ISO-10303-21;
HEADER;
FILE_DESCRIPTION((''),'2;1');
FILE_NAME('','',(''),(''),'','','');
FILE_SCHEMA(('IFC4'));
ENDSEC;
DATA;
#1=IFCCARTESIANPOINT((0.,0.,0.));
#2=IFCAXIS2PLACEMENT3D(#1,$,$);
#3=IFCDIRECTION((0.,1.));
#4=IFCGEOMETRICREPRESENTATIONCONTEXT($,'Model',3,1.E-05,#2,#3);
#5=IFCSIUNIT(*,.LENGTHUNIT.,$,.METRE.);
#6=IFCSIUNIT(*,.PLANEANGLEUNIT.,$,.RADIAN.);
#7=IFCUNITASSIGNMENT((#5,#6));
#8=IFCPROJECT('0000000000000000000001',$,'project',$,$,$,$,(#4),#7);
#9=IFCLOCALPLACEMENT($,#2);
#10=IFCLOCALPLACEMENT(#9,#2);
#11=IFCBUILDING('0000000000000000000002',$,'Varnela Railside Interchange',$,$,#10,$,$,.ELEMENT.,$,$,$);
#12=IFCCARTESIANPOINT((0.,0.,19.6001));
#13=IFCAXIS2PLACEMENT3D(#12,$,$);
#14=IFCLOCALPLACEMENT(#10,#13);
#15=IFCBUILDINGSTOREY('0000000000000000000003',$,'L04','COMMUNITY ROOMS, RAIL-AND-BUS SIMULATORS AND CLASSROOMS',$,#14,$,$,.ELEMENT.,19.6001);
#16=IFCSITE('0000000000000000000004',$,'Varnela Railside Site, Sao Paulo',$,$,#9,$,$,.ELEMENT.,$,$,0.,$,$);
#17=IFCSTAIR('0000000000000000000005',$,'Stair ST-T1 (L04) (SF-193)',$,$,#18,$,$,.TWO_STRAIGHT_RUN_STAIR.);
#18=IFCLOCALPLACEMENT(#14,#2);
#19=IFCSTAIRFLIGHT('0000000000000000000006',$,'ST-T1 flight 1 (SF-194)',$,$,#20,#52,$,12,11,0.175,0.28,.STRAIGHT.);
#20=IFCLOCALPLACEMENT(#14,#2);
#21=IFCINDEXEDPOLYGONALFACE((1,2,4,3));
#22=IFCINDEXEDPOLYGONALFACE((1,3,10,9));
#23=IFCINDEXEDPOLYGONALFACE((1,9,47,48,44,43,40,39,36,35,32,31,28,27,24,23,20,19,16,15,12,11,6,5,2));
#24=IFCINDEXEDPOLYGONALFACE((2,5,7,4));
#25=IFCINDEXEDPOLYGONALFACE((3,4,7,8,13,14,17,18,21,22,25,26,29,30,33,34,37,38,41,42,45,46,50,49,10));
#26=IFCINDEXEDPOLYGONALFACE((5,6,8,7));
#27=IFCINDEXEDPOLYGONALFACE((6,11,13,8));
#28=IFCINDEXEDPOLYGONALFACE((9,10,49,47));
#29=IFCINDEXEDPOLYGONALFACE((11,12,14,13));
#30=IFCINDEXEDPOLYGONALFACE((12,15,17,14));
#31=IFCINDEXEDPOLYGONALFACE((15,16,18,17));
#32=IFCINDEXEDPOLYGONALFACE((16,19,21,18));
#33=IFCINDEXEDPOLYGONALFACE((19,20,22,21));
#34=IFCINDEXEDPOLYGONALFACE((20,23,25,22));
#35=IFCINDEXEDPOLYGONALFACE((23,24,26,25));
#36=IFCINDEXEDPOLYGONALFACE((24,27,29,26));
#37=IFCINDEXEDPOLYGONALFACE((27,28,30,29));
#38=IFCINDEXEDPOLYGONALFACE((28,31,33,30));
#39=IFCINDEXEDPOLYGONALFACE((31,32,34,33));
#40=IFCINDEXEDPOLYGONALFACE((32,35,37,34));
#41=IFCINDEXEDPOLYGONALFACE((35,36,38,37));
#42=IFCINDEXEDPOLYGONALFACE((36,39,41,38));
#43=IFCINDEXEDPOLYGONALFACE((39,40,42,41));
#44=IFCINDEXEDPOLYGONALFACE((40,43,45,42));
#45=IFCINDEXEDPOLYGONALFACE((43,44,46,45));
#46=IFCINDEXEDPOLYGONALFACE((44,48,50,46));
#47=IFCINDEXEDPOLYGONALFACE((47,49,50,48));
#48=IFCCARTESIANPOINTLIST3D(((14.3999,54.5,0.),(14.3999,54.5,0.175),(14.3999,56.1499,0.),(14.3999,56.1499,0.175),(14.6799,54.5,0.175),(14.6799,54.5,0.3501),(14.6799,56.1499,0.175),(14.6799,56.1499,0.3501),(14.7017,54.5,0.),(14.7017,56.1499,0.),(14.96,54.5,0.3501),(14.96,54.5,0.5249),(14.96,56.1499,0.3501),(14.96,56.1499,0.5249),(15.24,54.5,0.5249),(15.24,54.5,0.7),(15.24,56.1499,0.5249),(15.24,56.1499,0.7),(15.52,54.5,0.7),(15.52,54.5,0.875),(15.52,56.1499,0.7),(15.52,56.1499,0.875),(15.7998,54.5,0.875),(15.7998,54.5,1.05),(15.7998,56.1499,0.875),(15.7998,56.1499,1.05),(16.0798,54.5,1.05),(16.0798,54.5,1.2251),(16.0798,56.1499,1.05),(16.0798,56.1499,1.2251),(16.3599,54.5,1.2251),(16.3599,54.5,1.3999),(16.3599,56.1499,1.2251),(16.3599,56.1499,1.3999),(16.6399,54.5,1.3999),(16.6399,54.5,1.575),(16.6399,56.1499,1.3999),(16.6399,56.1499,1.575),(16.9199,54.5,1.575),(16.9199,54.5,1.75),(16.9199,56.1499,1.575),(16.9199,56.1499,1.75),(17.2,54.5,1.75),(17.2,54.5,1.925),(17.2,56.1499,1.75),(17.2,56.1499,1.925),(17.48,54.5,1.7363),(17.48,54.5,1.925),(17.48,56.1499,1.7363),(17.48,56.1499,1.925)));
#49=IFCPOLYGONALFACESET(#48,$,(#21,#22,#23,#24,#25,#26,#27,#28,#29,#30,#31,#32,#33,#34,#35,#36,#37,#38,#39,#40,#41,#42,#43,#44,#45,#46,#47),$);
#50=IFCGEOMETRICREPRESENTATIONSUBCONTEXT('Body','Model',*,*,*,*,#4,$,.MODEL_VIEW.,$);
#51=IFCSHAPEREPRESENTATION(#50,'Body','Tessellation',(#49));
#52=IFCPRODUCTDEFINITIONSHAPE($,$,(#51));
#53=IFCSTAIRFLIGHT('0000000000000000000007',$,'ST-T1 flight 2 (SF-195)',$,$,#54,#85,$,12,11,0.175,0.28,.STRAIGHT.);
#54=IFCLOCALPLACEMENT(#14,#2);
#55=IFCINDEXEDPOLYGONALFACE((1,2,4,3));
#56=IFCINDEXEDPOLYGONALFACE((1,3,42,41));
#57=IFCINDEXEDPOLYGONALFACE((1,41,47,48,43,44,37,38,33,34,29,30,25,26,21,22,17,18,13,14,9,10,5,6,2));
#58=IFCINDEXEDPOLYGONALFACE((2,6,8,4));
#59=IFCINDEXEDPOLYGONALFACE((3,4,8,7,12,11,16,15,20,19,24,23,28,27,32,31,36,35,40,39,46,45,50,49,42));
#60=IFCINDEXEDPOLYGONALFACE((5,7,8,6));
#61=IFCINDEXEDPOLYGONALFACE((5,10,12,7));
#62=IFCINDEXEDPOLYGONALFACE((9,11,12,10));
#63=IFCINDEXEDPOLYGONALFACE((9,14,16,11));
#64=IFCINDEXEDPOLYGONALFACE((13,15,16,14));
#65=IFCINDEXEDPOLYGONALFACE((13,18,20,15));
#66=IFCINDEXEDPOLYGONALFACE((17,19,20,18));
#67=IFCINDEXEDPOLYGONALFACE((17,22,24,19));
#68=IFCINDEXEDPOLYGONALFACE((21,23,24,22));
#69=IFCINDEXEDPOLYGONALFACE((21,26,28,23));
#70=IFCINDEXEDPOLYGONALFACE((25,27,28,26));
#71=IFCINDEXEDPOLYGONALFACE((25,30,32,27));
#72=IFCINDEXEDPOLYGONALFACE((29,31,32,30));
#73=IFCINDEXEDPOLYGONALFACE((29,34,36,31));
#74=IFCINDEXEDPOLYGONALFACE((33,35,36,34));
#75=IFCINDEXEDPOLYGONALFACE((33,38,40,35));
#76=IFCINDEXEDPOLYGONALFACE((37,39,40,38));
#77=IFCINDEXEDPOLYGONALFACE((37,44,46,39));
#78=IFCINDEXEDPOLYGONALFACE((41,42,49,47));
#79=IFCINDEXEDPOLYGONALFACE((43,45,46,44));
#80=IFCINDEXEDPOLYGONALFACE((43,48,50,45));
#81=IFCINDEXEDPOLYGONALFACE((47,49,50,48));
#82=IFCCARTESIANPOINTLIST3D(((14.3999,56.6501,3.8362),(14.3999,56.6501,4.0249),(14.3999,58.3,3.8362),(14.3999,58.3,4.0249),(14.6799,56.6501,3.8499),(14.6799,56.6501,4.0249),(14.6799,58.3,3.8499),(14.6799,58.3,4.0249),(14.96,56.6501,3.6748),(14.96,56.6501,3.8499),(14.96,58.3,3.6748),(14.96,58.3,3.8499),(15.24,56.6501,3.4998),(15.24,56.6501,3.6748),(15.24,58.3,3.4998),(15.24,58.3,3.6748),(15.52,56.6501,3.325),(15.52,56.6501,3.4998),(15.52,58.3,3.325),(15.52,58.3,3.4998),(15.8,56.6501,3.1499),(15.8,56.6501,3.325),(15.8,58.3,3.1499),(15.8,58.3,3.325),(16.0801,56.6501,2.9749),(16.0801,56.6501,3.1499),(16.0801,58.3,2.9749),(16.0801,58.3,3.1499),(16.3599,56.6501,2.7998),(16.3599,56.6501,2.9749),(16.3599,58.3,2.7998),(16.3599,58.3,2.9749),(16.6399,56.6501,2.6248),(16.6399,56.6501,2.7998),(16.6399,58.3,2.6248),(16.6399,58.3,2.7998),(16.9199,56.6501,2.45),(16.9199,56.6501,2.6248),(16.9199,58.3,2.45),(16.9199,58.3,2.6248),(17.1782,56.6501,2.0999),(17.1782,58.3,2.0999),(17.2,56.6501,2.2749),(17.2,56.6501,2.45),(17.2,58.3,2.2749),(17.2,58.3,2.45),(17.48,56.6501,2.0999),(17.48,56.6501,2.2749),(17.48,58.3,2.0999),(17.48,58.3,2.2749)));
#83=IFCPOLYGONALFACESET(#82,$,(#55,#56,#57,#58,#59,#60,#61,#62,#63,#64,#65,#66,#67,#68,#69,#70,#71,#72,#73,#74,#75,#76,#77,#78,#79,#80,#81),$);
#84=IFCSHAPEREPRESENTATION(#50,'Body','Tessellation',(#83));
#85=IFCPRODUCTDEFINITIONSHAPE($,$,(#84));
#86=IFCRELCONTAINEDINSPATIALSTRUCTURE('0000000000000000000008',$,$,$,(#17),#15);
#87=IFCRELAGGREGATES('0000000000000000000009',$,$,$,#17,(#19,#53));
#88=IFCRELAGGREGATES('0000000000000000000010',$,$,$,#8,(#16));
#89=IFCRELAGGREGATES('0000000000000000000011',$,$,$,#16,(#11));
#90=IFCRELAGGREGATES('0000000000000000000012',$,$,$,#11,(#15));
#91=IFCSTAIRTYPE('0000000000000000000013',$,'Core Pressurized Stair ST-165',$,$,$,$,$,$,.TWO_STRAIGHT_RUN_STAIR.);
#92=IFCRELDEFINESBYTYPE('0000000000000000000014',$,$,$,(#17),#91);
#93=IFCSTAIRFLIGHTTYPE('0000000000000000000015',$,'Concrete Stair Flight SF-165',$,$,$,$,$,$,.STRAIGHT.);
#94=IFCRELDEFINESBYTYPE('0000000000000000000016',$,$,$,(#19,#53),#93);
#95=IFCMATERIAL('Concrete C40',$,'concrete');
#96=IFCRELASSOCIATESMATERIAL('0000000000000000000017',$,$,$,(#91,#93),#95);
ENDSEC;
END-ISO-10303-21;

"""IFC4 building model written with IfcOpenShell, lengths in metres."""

from ifc_helpers import new_model, si_unit, direction, frame, origin, place, context, subcontext, project, spatial, polyline, outline, extrude, material, type_object, element, aggregate, save


model = new_model("IFC4")

# Units and contexts
model_context = context("Model", 3, precision=1e-05, world=origin(), true_north=direction((0.0, 1.0)))
body_context = subcontext(model_context, "Body", "Model", "MODEL_VIEW")
ifc_project = project(units=[si_unit("LENGTHUNIT", "METRE"), si_unit("PLANEANGLEUNIT", "RADIAN")], contexts=[model_context])

# Site, building, storey
site_placement = place(None, origin())
site = spatial("IfcSite", under=ifc_project, at=site_placement, Name="Varnela Railside Site, Sao Paulo", CompositionType="ELEMENT", RefElevation=0.0)
building_placement = place(site_placement, origin())
building = spatial("IfcBuilding", under=site, at=building_placement, Name="Varnela Railside Interchange", CompositionType="ELEMENT")
storey_placement = place(building_placement, frame((0.0, 0.0, 19.6001)))
storey = spatial("IfcBuildingStorey", under=building, at=storey_placement, Name="L04", Description="COMMUNITY ROOMS, RAIL-AND-BUS SIMULATORS AND CLASSROOMS", CompositionType="ELEMENT", Elevation=19.6001)

# Shared definitions
ifc_material_1 = material(Name="Concrete C40", Category="concrete")

# Stair, stair flights
stair_type = type_object("IfcStairType", Name="Core Pressurized Stair ST-165", PredefinedType="TWO_STRAIGHT_RUN_STAIR", material=ifc_material_1)
stair_placement = place(storey_placement, origin())
stair = element("IfcStair", 1, at=stair_placement, inside=storey, type_object=stair_type, Name="Stair ST-T1 (L04) (SF-193)", PredefinedType="TWO_STRAIGHT_RUN_STAIR")
stair_flight_type = type_object("IfcStairFlightType", Name="Concrete Stair Flight SF-165", PredefinedType="STRAIGHT", material=ifc_material_1)
stair_flight_1_placement = place(storey_placement, frame((14.3999, 55.325, 0.0), z_axis=(0.0, 0.0, 1.0), x_axis=(1.0, 0.0, 0.0)))
stair_flight_1 = element("IfcStairFlight", 2, at=stair_flight_1_placement, type_object=stair_flight_type, Name="ST-T1 flight 1 (SF-194)", NumberOfRisers=12, NumberOfTreads=11, PredefinedType="STRAIGHT", RiserHeight=0.175, TreadLength=0.28, context=body_context, shape_type="SweptSolid", body=[
    extrude(outline(polyline([(0.0, 0.0), (0.0, 0.175), (0.28, 0.175), (0.28, 0.3501), (0.5601, 0.3501), (0.5601, 0.5249), (0.8401, 0.5249), (0.8401, 0.7), (1.1201, 0.7), (1.1201, 0.875), (1.3999, 0.875), (1.3999, 1.05), (1.6799, 1.05), (1.6799, 1.2251), (1.96, 1.2251), (1.96, 1.3999), (2.24, 1.3999), (2.24, 1.575), (2.52, 1.575), (2.52, 1.75), (2.8, 1.75), (2.8, 1.925), (3.0801, 1.925), (3.0801, 2.1001), (3.0801, 1.7363), (0.3018, 0.0), (0.0, 0.0)])), frame((0.0, 0.825, 0.0), z_axis=(0.0, -1.0, 0.0), x_axis=(1.0, 0.0, 0.0)), (0.0, 0.0, 1.0), 1.6499),
])
stair_flight_2_placement = place(storey_placement, frame((17.48, 57.4751, 2.0999), z_axis=(0.0, 0.0, 1.0), x_axis=(-1.0, 0.0, 0.0)))
stair_flight_2 = element("IfcStairFlight", 3, at=stair_flight_2_placement, type_object=stair_flight_type, Name="ST-T1 flight 2 (SF-195)", NumberOfRisers=12, NumberOfTreads=11, PredefinedType="STRAIGHT", RiserHeight=0.175, TreadLength=0.28, context=body_context, shape_type="SweptSolid", body=[
    extrude(outline(polyline([(0.0, 0.0), (0.0, 0.175), (0.28, 0.175), (0.28, 0.3501), (0.5601, 0.3501), (0.5601, 0.5249), (0.8401, 0.5249), (0.8401, 0.7), (1.1201, 0.7), (1.1201, 0.875), (1.3999, 0.875), (1.3999, 1.05), (1.6799, 1.05), (1.6799, 1.2251), (1.96, 1.2251), (1.96, 1.3999), (2.24, 1.3999), (2.24, 1.575), (2.52, 1.575), (2.52, 1.75), (2.8, 1.75), (2.8, 1.925), (3.0801, 1.925), (3.0801, 2.1001), (3.0801, 1.7363), (0.3018, 0.0), (0.0, 0.0)])), frame((0.0, 0.825, 0.0), z_axis=(0.0, -1.0, 0.0), x_axis=(1.0, 0.0, 0.0)), (0.0, 0.0, 1.0), 1.6499),
])
aggregate(stair, [stair_flight_1, stair_flight_2])

save(model, "model.ifc")
